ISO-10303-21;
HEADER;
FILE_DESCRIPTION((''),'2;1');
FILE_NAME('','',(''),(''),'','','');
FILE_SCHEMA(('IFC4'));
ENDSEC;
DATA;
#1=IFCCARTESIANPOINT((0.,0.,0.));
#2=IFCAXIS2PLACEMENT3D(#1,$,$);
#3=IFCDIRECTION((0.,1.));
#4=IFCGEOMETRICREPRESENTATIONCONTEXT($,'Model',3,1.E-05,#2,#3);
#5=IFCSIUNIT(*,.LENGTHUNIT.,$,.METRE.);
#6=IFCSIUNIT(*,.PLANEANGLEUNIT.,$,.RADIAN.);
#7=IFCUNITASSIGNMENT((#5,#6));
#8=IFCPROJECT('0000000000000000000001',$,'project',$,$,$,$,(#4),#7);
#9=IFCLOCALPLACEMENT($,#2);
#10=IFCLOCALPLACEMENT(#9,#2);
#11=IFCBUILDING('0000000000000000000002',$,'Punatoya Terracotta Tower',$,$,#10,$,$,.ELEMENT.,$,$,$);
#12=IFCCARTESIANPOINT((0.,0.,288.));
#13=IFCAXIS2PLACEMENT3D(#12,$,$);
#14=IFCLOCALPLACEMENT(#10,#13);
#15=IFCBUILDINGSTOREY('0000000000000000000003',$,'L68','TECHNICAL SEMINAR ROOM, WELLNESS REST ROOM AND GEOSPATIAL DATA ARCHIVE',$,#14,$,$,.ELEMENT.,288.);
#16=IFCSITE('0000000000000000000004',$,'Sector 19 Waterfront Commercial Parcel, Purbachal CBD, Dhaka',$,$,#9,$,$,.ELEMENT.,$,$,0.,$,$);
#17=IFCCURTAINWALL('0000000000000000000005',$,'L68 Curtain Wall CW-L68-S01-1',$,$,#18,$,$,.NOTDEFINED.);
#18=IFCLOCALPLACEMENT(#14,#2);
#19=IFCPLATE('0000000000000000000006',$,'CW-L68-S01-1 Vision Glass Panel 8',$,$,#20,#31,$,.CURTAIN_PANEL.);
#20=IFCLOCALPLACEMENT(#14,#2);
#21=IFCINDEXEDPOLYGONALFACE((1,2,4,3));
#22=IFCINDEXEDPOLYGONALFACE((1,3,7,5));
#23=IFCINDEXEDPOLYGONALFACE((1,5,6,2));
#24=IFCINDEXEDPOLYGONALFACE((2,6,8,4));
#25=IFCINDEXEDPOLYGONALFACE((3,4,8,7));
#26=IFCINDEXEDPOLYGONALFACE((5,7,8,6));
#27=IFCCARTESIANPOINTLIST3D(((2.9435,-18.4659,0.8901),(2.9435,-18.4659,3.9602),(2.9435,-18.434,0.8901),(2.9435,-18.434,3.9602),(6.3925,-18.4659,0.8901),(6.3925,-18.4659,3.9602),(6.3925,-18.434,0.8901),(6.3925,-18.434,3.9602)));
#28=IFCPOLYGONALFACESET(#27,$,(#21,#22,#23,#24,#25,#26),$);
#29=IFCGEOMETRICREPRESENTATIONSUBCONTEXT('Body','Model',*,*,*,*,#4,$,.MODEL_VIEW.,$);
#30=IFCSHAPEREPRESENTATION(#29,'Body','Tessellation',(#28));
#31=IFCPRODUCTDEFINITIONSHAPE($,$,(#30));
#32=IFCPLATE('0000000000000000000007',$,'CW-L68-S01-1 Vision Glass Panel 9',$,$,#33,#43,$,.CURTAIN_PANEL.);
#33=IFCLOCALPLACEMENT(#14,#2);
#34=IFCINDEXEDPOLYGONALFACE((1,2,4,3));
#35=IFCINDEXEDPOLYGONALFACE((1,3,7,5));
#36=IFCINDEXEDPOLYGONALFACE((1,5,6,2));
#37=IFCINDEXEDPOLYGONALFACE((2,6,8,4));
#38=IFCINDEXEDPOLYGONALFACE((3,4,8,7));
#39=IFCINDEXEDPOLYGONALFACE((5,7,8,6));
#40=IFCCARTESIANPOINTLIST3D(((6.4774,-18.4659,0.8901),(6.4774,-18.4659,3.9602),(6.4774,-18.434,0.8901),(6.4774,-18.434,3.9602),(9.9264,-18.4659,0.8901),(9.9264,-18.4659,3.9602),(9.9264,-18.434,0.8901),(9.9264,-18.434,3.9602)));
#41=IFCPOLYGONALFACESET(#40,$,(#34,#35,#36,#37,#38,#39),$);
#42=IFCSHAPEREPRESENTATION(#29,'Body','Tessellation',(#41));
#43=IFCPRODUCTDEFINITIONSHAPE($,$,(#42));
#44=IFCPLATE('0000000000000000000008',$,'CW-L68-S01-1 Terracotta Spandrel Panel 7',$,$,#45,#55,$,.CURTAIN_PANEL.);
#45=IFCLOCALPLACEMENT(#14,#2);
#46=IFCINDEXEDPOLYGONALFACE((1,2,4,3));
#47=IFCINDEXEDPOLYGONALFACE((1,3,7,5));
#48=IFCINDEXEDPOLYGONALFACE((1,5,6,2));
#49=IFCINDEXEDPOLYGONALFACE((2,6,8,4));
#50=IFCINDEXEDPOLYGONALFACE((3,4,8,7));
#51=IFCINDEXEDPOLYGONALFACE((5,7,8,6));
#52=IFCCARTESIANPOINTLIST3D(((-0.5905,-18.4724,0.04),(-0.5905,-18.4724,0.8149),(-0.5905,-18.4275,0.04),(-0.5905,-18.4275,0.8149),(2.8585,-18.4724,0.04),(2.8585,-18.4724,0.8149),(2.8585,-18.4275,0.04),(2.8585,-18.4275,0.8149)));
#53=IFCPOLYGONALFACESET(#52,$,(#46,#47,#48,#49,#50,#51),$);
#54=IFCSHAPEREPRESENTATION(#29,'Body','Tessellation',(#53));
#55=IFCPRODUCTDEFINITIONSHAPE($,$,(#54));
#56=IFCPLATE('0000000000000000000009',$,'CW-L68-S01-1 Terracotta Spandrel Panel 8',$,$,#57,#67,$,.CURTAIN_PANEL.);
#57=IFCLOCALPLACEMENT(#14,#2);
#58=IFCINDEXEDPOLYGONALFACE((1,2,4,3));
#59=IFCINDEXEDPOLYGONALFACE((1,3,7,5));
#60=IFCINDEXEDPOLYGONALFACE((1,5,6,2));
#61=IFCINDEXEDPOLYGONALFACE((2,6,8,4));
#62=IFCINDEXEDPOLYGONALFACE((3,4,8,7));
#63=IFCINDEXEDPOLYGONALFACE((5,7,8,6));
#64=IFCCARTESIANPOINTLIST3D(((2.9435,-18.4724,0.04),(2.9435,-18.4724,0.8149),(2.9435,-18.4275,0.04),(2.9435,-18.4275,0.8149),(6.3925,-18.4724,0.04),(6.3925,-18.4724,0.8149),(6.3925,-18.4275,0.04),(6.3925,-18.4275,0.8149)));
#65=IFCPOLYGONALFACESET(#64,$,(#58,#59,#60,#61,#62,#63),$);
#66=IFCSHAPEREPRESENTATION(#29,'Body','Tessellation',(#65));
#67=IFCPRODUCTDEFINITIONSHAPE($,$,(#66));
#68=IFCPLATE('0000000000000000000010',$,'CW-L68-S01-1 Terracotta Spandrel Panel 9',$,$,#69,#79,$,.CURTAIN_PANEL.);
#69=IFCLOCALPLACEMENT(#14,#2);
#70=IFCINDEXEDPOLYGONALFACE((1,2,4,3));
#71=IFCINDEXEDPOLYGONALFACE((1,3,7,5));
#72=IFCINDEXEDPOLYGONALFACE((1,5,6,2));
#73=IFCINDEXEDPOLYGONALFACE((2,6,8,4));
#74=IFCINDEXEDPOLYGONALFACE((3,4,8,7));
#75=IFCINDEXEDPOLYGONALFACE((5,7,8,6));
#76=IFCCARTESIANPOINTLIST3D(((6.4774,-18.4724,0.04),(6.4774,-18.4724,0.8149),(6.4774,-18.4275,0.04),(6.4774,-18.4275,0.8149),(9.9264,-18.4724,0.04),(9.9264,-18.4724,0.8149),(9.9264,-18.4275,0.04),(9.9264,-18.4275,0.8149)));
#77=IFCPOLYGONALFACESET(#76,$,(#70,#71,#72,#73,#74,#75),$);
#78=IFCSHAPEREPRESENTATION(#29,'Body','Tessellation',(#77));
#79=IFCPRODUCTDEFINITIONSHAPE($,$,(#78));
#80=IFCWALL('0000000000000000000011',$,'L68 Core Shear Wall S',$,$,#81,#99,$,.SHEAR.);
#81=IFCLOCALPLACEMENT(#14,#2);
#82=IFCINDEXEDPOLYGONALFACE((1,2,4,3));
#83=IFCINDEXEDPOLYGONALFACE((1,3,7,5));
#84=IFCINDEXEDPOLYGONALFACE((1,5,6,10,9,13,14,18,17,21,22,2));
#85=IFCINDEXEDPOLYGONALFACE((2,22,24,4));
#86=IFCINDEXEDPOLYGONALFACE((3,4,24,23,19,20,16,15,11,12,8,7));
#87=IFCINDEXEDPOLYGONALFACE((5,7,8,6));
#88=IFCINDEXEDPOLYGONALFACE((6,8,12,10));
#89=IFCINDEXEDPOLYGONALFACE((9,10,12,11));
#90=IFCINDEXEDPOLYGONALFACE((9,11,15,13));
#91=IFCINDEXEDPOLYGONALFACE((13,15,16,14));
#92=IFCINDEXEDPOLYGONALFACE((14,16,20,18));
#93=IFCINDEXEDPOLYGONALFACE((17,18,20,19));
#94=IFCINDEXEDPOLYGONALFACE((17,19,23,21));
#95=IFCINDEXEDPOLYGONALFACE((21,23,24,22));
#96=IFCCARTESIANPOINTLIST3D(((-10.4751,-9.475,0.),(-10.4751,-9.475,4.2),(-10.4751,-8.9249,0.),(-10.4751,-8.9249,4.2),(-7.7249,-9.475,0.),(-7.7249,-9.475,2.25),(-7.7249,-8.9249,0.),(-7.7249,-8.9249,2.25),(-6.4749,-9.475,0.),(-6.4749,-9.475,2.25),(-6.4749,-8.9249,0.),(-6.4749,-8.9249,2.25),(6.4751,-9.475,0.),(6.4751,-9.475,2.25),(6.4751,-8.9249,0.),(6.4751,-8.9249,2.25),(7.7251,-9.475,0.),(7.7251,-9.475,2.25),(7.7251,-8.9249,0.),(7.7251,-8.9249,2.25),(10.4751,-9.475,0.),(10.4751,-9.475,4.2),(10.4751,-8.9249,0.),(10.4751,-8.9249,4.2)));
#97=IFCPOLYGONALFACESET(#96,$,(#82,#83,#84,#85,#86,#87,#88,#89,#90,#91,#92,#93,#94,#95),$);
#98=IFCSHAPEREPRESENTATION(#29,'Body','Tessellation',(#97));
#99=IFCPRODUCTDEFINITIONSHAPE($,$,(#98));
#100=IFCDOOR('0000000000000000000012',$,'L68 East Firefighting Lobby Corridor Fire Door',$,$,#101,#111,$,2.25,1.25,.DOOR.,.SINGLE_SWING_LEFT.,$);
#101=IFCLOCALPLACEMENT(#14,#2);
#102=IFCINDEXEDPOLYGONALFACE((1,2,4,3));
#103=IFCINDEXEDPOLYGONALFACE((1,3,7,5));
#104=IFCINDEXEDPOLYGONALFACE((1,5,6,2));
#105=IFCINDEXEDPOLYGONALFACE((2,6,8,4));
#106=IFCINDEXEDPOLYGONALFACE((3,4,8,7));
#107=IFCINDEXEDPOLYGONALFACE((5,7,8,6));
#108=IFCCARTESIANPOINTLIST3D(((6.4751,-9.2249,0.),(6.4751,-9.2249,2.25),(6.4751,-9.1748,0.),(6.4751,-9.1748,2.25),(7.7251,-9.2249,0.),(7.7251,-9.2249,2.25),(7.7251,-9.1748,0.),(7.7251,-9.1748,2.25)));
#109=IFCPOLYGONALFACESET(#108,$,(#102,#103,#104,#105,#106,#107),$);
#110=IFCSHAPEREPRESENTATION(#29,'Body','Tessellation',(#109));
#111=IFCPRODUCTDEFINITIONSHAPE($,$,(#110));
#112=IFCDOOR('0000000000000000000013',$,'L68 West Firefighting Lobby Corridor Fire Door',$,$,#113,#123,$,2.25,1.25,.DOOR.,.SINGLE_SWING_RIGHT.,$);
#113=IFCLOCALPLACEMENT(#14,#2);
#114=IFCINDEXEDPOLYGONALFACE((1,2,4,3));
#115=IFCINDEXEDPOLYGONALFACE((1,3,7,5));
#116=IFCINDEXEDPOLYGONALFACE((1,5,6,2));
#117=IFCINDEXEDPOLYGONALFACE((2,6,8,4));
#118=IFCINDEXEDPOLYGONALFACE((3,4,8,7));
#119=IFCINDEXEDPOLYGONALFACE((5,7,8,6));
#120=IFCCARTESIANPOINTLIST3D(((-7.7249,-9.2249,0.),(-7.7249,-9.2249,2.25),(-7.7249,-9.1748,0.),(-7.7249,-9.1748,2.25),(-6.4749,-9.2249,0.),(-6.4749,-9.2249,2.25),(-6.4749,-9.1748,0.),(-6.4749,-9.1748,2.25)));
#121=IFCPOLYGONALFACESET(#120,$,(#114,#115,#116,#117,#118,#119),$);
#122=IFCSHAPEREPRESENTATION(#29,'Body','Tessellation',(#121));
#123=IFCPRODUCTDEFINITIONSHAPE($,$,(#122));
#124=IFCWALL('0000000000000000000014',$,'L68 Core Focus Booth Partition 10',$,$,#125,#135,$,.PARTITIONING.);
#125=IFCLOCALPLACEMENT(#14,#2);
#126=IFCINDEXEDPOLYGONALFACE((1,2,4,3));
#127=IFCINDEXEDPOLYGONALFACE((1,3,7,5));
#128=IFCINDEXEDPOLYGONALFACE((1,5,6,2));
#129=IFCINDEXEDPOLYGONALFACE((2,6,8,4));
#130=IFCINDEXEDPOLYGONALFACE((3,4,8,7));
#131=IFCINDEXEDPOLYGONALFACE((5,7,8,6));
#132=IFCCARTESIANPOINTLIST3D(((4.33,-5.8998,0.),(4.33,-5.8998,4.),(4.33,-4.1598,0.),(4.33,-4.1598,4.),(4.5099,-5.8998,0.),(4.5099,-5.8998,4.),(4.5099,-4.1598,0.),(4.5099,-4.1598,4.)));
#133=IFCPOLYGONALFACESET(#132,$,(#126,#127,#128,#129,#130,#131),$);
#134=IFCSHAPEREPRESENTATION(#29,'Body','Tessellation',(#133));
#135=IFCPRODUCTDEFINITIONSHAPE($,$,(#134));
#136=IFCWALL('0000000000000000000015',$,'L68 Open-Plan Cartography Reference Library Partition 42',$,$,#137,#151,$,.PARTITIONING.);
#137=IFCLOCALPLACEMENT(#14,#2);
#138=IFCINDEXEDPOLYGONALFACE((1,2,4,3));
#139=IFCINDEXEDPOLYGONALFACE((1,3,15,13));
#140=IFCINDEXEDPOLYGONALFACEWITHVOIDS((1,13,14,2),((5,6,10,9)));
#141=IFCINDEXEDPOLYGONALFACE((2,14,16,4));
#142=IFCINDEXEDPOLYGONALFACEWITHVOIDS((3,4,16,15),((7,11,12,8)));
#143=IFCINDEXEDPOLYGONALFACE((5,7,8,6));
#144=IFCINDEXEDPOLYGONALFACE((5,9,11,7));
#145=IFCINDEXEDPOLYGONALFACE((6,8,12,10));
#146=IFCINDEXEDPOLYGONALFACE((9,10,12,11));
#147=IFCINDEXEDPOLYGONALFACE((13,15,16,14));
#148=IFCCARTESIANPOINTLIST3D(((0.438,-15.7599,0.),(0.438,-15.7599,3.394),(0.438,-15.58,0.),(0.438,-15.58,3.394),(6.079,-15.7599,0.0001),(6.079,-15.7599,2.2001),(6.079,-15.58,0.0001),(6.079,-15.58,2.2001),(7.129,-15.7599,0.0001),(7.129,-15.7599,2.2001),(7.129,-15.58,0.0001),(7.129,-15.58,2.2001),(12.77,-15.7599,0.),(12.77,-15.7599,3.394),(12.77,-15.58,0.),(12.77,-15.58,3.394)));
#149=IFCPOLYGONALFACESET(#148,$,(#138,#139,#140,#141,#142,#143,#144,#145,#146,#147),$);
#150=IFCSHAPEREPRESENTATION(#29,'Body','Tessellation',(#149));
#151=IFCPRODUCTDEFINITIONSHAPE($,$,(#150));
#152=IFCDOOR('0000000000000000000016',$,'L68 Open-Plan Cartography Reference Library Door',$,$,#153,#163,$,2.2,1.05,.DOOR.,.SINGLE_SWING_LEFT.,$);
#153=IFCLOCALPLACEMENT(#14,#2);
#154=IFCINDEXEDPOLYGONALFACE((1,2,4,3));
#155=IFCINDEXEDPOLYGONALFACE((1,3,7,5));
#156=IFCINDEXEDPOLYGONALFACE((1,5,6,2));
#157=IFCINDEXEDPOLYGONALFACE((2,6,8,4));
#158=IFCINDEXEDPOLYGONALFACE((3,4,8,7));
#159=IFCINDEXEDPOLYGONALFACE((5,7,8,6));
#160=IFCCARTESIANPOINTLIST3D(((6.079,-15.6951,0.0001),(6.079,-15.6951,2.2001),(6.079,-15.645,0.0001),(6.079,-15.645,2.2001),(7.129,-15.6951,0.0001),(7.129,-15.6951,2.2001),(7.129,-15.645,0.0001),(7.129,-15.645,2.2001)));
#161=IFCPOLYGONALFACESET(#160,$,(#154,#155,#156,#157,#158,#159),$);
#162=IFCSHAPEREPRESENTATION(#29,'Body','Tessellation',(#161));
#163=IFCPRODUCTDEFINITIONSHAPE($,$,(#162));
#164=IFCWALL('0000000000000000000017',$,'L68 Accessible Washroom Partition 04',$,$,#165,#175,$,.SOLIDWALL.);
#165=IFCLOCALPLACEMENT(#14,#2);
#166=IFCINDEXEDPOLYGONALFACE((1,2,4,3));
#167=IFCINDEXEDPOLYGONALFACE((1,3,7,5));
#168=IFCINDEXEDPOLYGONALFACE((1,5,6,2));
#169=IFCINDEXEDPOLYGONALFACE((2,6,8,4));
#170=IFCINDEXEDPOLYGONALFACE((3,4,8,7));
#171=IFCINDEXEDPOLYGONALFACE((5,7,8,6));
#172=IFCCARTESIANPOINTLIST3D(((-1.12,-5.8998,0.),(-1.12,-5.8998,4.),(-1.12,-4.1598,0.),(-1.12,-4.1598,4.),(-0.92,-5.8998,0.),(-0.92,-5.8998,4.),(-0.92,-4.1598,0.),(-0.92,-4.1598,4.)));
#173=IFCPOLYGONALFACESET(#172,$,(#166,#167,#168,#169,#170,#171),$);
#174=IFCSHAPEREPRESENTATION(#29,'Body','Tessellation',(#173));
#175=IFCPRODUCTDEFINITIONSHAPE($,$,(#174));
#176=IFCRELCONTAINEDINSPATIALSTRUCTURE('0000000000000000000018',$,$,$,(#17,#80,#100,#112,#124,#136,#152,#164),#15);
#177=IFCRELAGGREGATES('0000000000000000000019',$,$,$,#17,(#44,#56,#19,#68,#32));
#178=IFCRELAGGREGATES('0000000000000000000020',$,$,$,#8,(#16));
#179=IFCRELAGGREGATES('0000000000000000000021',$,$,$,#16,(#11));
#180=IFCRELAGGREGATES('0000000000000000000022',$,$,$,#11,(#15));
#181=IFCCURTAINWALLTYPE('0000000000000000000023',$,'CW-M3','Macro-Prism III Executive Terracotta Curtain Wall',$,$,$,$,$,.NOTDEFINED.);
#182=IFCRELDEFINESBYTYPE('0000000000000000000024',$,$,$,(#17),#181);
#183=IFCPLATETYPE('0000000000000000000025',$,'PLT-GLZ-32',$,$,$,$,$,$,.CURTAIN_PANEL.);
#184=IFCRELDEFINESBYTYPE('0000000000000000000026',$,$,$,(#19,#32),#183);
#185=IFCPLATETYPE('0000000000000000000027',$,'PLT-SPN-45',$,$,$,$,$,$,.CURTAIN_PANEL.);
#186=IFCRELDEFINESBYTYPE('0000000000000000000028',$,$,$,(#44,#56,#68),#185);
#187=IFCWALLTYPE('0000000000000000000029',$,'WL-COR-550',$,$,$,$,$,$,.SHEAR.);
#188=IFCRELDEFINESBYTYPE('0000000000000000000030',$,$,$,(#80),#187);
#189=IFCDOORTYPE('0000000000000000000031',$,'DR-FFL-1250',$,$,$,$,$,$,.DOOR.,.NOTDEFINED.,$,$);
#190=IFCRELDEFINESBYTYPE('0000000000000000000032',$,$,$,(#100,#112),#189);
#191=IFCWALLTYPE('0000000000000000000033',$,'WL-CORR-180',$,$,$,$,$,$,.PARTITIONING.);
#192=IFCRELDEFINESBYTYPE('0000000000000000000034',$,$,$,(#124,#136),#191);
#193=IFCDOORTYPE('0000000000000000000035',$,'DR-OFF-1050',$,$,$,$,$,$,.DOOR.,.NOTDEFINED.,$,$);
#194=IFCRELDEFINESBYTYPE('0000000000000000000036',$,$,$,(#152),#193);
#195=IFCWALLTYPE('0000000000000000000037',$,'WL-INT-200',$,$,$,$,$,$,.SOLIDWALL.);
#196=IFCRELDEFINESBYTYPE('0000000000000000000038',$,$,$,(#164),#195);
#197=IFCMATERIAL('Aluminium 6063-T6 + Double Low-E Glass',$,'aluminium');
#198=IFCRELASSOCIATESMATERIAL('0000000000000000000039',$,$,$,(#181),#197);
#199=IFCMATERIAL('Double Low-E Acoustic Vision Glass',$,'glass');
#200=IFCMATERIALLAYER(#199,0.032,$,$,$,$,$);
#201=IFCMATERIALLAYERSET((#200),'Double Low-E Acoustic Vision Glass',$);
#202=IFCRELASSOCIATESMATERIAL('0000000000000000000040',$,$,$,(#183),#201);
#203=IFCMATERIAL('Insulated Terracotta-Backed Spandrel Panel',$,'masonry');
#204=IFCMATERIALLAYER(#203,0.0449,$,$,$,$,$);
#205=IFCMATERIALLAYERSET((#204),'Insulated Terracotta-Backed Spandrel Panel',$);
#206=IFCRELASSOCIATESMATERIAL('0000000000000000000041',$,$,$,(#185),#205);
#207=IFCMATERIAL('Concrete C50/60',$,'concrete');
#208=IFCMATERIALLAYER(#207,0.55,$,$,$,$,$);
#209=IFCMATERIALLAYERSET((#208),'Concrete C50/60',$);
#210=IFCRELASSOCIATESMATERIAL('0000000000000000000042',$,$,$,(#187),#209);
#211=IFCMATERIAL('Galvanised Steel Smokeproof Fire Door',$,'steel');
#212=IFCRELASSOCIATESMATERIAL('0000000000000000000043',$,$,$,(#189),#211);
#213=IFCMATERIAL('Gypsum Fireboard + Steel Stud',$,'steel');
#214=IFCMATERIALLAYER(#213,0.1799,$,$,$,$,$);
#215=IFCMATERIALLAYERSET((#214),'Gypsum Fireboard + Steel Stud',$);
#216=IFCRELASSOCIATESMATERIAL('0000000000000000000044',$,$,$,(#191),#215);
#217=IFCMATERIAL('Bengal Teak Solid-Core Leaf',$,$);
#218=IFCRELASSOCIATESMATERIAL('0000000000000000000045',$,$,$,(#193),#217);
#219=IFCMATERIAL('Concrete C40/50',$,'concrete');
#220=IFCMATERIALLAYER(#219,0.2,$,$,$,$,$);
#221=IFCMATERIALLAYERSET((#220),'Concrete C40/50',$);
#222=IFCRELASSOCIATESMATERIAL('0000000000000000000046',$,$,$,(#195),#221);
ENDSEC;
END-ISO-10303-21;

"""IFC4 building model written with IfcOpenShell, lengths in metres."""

from ifc_helpers import new_model, si_unit, direction, frame, frame_2d, origin, origin_2d, place, context, subcontext, project, spatial, rectangle, extrude, material, layer, layer_set, type_object, element, fill, aggregate, save


model = new_model("IFC4")

# Units and contexts
model_context = context("Model", 3, precision=1e-05, world=origin(), true_north=direction((0.0, 1.0)))
body_context = subcontext(model_context, "Body", "Model", "MODEL_VIEW")
ifc_project = project(units=[si_unit("LENGTHUNIT", "METRE"), si_unit("PLANEANGLEUNIT", "RADIAN")], contexts=[model_context])

# Site, building, storey
site_placement = place(None, origin())
site = spatial("IfcSite", under=ifc_project, at=site_placement, Name="Sector 19 Waterfront Commercial Parcel, Purbachal CBD, Dhaka", CompositionType="ELEMENT", RefElevation=0.0)
building_placement = place(site_placement, origin())
building = spatial("IfcBuilding", under=site, at=building_placement, Name="Punatoya Terracotta Tower", CompositionType="ELEMENT")
storey_placement = place(building_placement, frame((0.0, 0.0, 288.0)))
storey = spatial("IfcBuildingStorey", under=building, at=storey_placement, Name="L68", Description="TECHNICAL SEMINAR ROOM, WELLNESS REST ROOM AND GEOSPATIAL DATA ARCHIVE", CompositionType="ELEMENT", Elevation=288.0)

# Curtain wall, plates
ifc_material_1 = material(Name="Aluminium 6063-T6 + Double Low-E Glass", Category="aluminium")
curtain_wall_type = type_object("IfcCurtainWallType", Name="CW-M3", Description="Macro-Prism III Executive Terracotta Curtain Wall", PredefinedType="NOTDEFINED", material=ifc_material_1)
curtain_wall_placement = place(storey_placement, origin())
curtain_wall = element("IfcCurtainWall", 1, at=curtain_wall_placement, inside=storey, type_object=curtain_wall_type, Name="L68 Curtain Wall CW-L68-S01-1", PredefinedType="NOTDEFINED")
ifc_material_2 = material(Name="Double Low-E Acoustic Vision Glass", Category="glass")
ifc_layer_1 = layer(ifc_material_2, 0.032)
ifc_layer_set_1 = layer_set([ifc_layer_1], Name="Double Low-E Acoustic Vision Glass")
plate_type_1 = type_object("IfcPlateType", Name="PLT-GLZ-32", PredefinedType="CURTAIN_PANEL", material=ifc_layer_set_1)
plate_1_placement = place(storey_placement, frame((4.668, -18.45, 0.8901), z_axis=(0.0, 0.0, 1.0), x_axis=(1.0, 0.0, 0.0)))
plate_1 = element("IfcPlate", 2, at=plate_1_placement, type_object=plate_type_1, Name="CW-L68-S01-1 Vision Glass Panel 8", PredefinedType="CURTAIN_PANEL", context=body_context, shape_type="SweptSolid", body=[
    extrude(rectangle(XDim=3.449, YDim=0.032, at=origin_2d()), origin(), (0.0, 0.0, 1.0), 3.0701),
])
plate_2_placement = place(storey_placement, frame((8.2019, -18.45, 0.8901), z_axis=(0.0, 0.0, 1.0), x_axis=(1.0, 0.0, 0.0)))
plate_2 = element("IfcPlate", 3, at=plate_2_placement, type_object=plate_type_1, Name="CW-L68-S01-1 Vision Glass Panel 9", PredefinedType="CURTAIN_PANEL", context=body_context, shape_type="SweptSolid", body=[
    extrude(rectangle(XDim=3.449, YDim=0.032, at=origin_2d()), origin(), (0.0, 0.0, 1.0), 3.0701),
])
ifc_material_3 = material(Name="Insulated Terracotta-Backed Spandrel Panel", Category="masonry")
ifc_layer_2 = layer(ifc_material_3, 0.0449)
ifc_layer_set_2 = layer_set([ifc_layer_2], Name="Insulated Terracotta-Backed Spandrel Panel")
plate_type_2 = type_object("IfcPlateType", Name="PLT-SPN-45", PredefinedType="CURTAIN_PANEL", material=ifc_layer_set_2)
plate_3_placement = place(storey_placement, frame((1.134, -18.45, 0.04), z_axis=(0.0, 0.0, 1.0), x_axis=(1.0, 0.0, 0.0)))
plate_3 = element("IfcPlate", 4, at=plate_3_placement, type_object=plate_type_2, Name="CW-L68-S01-1 Terracotta Spandrel Panel 7", PredefinedType="CURTAIN_PANEL", context=body_context, shape_type="SweptSolid", body=[
    extrude(rectangle(XDim=3.449, YDim=0.0449, at=origin_2d()), origin(), (0.0, 0.0, 1.0), 0.7749),
])
plate_4_placement = place(storey_placement, frame((4.668, -18.45, 0.04), z_axis=(0.0, 0.0, 1.0), x_axis=(1.0, 0.0, 0.0)))
plate_4 = element("IfcPlate", 5, at=plate_4_placement, type_object=plate_type_2, Name="CW-L68-S01-1 Terracotta Spandrel Panel 8", PredefinedType="CURTAIN_PANEL", context=body_context, shape_type="SweptSolid", body=[
    extrude(rectangle(XDim=3.449, YDim=0.0449, at=origin_2d()), origin(), (0.0, 0.0, 1.0), 0.7749),
])
plate_5_placement = place(storey_placement, frame((8.2019, -18.45, 0.04), z_axis=(0.0, 0.0, 1.0), x_axis=(1.0, 0.0, 0.0)))
plate_5 = element("IfcPlate", 6, at=plate_5_placement, type_object=plate_type_2, Name="CW-L68-S01-1 Terracotta Spandrel Panel 9", PredefinedType="CURTAIN_PANEL", context=body_context, shape_type="SweptSolid", body=[
    extrude(rectangle(XDim=3.449, YDim=0.0449, at=origin_2d()), origin(), (0.0, 0.0, 1.0), 0.7749),
])
aggregate(curtain_wall, [plate_3, plate_4, plate_1, plate_5, plate_2])

# Wall, openings, doors
ifc_material_4 = material(Name="Concrete C50/60", Category="concrete")
ifc_layer_3 = layer(ifc_material_4, 0.55)
ifc_layer_set_3 = layer_set([ifc_layer_3], Name="Concrete C50/60")
wall_type_1 = type_object("IfcWallType", Name="WL-COR-550", PredefinedType="SHEAR", material=ifc_layer_set_3)
wall_1_placement = place(storey_placement, frame((10.4751, -9.2, 0.0), z_axis=(0.0, 0.0, 1.0), x_axis=(-1.0, 0.0, 0.0)))
wall_1 = element("IfcWall", 7, at=wall_1_placement, inside=storey, type_object=wall_type_1, Name="L68 Core Shear Wall S", PredefinedType="SHEAR", context=body_context, shape_type="SweptSolid", body=[
    extrude(rectangle(XDim=20.9502, YDim=0.55, at=frame_2d((10.4751, 0.0))), origin(), (0.0, 0.0, 1.0), 4.2),
])
opening_1_placement = place(wall_1_placement, frame((2.75, 0.0, 0.0)))
opening_1 = element("IfcOpeningElement", 8, at=opening_1_placement, cuts=wall_1, PredefinedType="OPENING", context=body_context, shape_type="SweptSolid", body=[
    extrude(rectangle(XDim=1.25, YDim=2.25, at=frame_2d((0.625, 1.125))), frame((0.0, 0.2849, 0.0), z_axis=(0.0, -1.0, 0.0), x_axis=(1.0, 0.0, 0.0)), (0.0, 0.0, 1.0), 0.5701),
])
opening_2_placement = place(wall_1_placement, frame((16.95, 0.0, 0.0)))
opening_2 = element("IfcOpeningElement", 9, at=opening_2_placement, cuts=wall_1, PredefinedType="OPENING", context=body_context, shape_type="SweptSolid", body=[
    extrude(rectangle(XDim=1.25, YDim=2.25, at=frame_2d((0.625, 1.125))), frame((0.0, 0.2849, 0.0), z_axis=(0.0, -1.0, 0.0), x_axis=(1.0, 0.0, 0.0)), (0.0, 0.0, 1.0), 0.5701),
])
ifc_material_5 = material(Name="Galvanised Steel Smokeproof Fire Door", Category="steel")
door_type_1 = type_object("IfcDoorType", Name="DR-FFL-1250", OperationType="NOTDEFINED", PredefinedType="DOOR", material=ifc_material_5)
door_1_placement = place(opening_1_placement, origin())
door_1 = element("IfcDoor", 10, at=door_1_placement, inside=storey, type_object=door_type_1, Name="L68 East Firefighting Lobby Corridor Fire Door", OperationType="SINGLE_SWING_LEFT", OverallHeight=2.25, OverallWidth=1.25, PredefinedType="DOOR", context=body_context, shape_type="SweptSolid", body=[
    extrude(rectangle(XDim=1.25, YDim=2.25, at=frame_2d((0.625, 1.125))), frame((0.0, 0.0249, 0.0), z_axis=(0.0, -1.0, 0.0), x_axis=(1.0, 0.0, 0.0)), (0.0, 0.0, 1.0), 0.05),
])
fill(opening_1, door_1)
door_2_placement = place(opening_2_placement, origin())
door_2 = element("IfcDoor", 11, at=door_2_placement, inside=storey, type_object=door_type_1, Name="L68 West Firefighting Lobby Corridor Fire Door", OperationType="SINGLE_SWING_RIGHT", OverallHeight=2.25, OverallWidth=1.25, PredefinedType="DOOR", context=body_context, shape_type="SweptSolid", body=[
    extrude(rectangle(XDim=1.25, YDim=2.25, at=frame_2d((0.625, 1.125))), frame((0.0, 0.0249, 0.0), z_axis=(0.0, -1.0, 0.0), x_axis=(1.0, 0.0, 0.0)), (0.0, 0.0, 1.0), 0.05),
])
fill(opening_2, door_2)

# Wall
ifc_material_6 = material(Name="Gypsum Fireboard + Steel Stud", Category="steel")
ifc_layer_4 = layer(ifc_material_6, 0.1799)
ifc_layer_set_4 = layer_set([ifc_layer_4], Name="Gypsum Fireboard + Steel Stud")
wall_type_2 = type_object("IfcWallType", Name="WL-CORR-180", PredefinedType="PARTITIONING", material=ifc_layer_set_4)
wall_2_placement = place(storey_placement, frame((4.4199, -5.8999, 0.0), z_axis=(0.0, 0.0, 1.0), x_axis=(0.0, 1.0, 0.0)))
element("IfcWall", 12, at=wall_2_placement, inside=storey, type_object=wall_type_2, Name="L68 Core Focus Booth Partition 10", PredefinedType="PARTITIONING", context=body_context, shape_type="SweptSolid", body=[
    extrude(rectangle(XDim=1.74, YDim=0.1799, at=frame_2d((0.8701, 0.0))), origin(), (0.0, 0.0, 1.0), 4.0),
])

# Wall, opening, door
wall_3_placement = place(storey_placement, frame((0.438, -15.6699, 0.0), z_axis=(0.0, 0.0, 1.0), x_axis=(1.0, 0.0, 0.0)))
wall_3 = element("IfcWall", 13, at=wall_3_placement, inside=storey, type_object=wall_type_2, Name="L68 Open-Plan Cartography Reference Library Partition 42", PredefinedType="PARTITIONING", context=body_context, shape_type="SweptSolid", body=[
    extrude(rectangle(XDim=12.332, YDim=0.1799, at=frame_2d((6.166, 0.0))), origin(), (0.0, 0.0, 1.0), 3.394),
])
opening_3_placement = place(wall_3_placement, frame((5.6411, 0.0, 0.0)))
opening_3 = element("IfcOpeningElement", 14, at=opening_3_placement, cuts=wall_3, PredefinedType="OPENING", context=body_context, shape_type="SweptSolid", body=[
    extrude(rectangle(XDim=1.05, YDim=2.2, at=frame_2d((0.5249, 1.1001))), frame((0.0, 0.0999, 0.0), z_axis=(0.0, -1.0, 0.0), x_axis=(1.0, 0.0, 0.0)), (0.0, 0.0, 1.0), 0.2),
])
ifc_material_7 = material(Name="Bengal Teak Solid-Core Leaf")
door_type_2 = type_object("IfcDoorType", Name="DR-OFF-1050", OperationType="NOTDEFINED", PredefinedType="DOOR", material=ifc_material_7)
door_3_placement = place(opening_3_placement, origin())
door_3 = element("IfcDoor", 15, at=door_3_placement, inside=storey, type_object=door_type_2, Name="L68 Open-Plan Cartography Reference Library Door", OperationType="SINGLE_SWING_LEFT", OverallHeight=2.2, OverallWidth=1.05, PredefinedType="DOOR", context=body_context, shape_type="SweptSolid", body=[
    extrude(rectangle(XDim=1.05, YDim=2.2, at=frame_2d((0.5249, 1.1001))), frame((0.0, 0.0249, 0.0), z_axis=(0.0, -1.0, 0.0), x_axis=(1.0, 0.0, 0.0)), (0.0, 0.0, 1.0), 0.05),
])
fill(opening_3, door_3)

# Wall
ifc_material_8 = material(Name="Concrete C40/50", Category="concrete")
ifc_layer_5 = layer(ifc_material_8, 0.2)
ifc_layer_set_5 = layer_set([ifc_layer_5], Name="Concrete C40/50")
wall_type_3 = type_object("IfcWallType", Name="WL-INT-200", PredefinedType="SOLIDWALL", material=ifc_layer_set_5)
for number, where, z_axis, x_axis, name in (
    (16, (-1.02, -5.8999, 0.0), (0.0, 0.0, 1.0), (0.0, 1.0, 0.0), "L68 Accessible Washroom Partition 04"),
):
    element("IfcWall", number, at=place(storey_placement, frame(where, z_axis=z_axis, x_axis=x_axis)), inside=storey, type_object=wall_type_3, Name=name, PredefinedType="SOLIDWALL", context=body_context, shape_type="SweptSolid", body=[
        extrude(rectangle(XDim=1.74, YDim=0.2, at=frame_2d((0.8701, 0.0))), origin(), (0.0, 0.0, 1.0), 4.0),
    ])

save(model, "model.ifc")
